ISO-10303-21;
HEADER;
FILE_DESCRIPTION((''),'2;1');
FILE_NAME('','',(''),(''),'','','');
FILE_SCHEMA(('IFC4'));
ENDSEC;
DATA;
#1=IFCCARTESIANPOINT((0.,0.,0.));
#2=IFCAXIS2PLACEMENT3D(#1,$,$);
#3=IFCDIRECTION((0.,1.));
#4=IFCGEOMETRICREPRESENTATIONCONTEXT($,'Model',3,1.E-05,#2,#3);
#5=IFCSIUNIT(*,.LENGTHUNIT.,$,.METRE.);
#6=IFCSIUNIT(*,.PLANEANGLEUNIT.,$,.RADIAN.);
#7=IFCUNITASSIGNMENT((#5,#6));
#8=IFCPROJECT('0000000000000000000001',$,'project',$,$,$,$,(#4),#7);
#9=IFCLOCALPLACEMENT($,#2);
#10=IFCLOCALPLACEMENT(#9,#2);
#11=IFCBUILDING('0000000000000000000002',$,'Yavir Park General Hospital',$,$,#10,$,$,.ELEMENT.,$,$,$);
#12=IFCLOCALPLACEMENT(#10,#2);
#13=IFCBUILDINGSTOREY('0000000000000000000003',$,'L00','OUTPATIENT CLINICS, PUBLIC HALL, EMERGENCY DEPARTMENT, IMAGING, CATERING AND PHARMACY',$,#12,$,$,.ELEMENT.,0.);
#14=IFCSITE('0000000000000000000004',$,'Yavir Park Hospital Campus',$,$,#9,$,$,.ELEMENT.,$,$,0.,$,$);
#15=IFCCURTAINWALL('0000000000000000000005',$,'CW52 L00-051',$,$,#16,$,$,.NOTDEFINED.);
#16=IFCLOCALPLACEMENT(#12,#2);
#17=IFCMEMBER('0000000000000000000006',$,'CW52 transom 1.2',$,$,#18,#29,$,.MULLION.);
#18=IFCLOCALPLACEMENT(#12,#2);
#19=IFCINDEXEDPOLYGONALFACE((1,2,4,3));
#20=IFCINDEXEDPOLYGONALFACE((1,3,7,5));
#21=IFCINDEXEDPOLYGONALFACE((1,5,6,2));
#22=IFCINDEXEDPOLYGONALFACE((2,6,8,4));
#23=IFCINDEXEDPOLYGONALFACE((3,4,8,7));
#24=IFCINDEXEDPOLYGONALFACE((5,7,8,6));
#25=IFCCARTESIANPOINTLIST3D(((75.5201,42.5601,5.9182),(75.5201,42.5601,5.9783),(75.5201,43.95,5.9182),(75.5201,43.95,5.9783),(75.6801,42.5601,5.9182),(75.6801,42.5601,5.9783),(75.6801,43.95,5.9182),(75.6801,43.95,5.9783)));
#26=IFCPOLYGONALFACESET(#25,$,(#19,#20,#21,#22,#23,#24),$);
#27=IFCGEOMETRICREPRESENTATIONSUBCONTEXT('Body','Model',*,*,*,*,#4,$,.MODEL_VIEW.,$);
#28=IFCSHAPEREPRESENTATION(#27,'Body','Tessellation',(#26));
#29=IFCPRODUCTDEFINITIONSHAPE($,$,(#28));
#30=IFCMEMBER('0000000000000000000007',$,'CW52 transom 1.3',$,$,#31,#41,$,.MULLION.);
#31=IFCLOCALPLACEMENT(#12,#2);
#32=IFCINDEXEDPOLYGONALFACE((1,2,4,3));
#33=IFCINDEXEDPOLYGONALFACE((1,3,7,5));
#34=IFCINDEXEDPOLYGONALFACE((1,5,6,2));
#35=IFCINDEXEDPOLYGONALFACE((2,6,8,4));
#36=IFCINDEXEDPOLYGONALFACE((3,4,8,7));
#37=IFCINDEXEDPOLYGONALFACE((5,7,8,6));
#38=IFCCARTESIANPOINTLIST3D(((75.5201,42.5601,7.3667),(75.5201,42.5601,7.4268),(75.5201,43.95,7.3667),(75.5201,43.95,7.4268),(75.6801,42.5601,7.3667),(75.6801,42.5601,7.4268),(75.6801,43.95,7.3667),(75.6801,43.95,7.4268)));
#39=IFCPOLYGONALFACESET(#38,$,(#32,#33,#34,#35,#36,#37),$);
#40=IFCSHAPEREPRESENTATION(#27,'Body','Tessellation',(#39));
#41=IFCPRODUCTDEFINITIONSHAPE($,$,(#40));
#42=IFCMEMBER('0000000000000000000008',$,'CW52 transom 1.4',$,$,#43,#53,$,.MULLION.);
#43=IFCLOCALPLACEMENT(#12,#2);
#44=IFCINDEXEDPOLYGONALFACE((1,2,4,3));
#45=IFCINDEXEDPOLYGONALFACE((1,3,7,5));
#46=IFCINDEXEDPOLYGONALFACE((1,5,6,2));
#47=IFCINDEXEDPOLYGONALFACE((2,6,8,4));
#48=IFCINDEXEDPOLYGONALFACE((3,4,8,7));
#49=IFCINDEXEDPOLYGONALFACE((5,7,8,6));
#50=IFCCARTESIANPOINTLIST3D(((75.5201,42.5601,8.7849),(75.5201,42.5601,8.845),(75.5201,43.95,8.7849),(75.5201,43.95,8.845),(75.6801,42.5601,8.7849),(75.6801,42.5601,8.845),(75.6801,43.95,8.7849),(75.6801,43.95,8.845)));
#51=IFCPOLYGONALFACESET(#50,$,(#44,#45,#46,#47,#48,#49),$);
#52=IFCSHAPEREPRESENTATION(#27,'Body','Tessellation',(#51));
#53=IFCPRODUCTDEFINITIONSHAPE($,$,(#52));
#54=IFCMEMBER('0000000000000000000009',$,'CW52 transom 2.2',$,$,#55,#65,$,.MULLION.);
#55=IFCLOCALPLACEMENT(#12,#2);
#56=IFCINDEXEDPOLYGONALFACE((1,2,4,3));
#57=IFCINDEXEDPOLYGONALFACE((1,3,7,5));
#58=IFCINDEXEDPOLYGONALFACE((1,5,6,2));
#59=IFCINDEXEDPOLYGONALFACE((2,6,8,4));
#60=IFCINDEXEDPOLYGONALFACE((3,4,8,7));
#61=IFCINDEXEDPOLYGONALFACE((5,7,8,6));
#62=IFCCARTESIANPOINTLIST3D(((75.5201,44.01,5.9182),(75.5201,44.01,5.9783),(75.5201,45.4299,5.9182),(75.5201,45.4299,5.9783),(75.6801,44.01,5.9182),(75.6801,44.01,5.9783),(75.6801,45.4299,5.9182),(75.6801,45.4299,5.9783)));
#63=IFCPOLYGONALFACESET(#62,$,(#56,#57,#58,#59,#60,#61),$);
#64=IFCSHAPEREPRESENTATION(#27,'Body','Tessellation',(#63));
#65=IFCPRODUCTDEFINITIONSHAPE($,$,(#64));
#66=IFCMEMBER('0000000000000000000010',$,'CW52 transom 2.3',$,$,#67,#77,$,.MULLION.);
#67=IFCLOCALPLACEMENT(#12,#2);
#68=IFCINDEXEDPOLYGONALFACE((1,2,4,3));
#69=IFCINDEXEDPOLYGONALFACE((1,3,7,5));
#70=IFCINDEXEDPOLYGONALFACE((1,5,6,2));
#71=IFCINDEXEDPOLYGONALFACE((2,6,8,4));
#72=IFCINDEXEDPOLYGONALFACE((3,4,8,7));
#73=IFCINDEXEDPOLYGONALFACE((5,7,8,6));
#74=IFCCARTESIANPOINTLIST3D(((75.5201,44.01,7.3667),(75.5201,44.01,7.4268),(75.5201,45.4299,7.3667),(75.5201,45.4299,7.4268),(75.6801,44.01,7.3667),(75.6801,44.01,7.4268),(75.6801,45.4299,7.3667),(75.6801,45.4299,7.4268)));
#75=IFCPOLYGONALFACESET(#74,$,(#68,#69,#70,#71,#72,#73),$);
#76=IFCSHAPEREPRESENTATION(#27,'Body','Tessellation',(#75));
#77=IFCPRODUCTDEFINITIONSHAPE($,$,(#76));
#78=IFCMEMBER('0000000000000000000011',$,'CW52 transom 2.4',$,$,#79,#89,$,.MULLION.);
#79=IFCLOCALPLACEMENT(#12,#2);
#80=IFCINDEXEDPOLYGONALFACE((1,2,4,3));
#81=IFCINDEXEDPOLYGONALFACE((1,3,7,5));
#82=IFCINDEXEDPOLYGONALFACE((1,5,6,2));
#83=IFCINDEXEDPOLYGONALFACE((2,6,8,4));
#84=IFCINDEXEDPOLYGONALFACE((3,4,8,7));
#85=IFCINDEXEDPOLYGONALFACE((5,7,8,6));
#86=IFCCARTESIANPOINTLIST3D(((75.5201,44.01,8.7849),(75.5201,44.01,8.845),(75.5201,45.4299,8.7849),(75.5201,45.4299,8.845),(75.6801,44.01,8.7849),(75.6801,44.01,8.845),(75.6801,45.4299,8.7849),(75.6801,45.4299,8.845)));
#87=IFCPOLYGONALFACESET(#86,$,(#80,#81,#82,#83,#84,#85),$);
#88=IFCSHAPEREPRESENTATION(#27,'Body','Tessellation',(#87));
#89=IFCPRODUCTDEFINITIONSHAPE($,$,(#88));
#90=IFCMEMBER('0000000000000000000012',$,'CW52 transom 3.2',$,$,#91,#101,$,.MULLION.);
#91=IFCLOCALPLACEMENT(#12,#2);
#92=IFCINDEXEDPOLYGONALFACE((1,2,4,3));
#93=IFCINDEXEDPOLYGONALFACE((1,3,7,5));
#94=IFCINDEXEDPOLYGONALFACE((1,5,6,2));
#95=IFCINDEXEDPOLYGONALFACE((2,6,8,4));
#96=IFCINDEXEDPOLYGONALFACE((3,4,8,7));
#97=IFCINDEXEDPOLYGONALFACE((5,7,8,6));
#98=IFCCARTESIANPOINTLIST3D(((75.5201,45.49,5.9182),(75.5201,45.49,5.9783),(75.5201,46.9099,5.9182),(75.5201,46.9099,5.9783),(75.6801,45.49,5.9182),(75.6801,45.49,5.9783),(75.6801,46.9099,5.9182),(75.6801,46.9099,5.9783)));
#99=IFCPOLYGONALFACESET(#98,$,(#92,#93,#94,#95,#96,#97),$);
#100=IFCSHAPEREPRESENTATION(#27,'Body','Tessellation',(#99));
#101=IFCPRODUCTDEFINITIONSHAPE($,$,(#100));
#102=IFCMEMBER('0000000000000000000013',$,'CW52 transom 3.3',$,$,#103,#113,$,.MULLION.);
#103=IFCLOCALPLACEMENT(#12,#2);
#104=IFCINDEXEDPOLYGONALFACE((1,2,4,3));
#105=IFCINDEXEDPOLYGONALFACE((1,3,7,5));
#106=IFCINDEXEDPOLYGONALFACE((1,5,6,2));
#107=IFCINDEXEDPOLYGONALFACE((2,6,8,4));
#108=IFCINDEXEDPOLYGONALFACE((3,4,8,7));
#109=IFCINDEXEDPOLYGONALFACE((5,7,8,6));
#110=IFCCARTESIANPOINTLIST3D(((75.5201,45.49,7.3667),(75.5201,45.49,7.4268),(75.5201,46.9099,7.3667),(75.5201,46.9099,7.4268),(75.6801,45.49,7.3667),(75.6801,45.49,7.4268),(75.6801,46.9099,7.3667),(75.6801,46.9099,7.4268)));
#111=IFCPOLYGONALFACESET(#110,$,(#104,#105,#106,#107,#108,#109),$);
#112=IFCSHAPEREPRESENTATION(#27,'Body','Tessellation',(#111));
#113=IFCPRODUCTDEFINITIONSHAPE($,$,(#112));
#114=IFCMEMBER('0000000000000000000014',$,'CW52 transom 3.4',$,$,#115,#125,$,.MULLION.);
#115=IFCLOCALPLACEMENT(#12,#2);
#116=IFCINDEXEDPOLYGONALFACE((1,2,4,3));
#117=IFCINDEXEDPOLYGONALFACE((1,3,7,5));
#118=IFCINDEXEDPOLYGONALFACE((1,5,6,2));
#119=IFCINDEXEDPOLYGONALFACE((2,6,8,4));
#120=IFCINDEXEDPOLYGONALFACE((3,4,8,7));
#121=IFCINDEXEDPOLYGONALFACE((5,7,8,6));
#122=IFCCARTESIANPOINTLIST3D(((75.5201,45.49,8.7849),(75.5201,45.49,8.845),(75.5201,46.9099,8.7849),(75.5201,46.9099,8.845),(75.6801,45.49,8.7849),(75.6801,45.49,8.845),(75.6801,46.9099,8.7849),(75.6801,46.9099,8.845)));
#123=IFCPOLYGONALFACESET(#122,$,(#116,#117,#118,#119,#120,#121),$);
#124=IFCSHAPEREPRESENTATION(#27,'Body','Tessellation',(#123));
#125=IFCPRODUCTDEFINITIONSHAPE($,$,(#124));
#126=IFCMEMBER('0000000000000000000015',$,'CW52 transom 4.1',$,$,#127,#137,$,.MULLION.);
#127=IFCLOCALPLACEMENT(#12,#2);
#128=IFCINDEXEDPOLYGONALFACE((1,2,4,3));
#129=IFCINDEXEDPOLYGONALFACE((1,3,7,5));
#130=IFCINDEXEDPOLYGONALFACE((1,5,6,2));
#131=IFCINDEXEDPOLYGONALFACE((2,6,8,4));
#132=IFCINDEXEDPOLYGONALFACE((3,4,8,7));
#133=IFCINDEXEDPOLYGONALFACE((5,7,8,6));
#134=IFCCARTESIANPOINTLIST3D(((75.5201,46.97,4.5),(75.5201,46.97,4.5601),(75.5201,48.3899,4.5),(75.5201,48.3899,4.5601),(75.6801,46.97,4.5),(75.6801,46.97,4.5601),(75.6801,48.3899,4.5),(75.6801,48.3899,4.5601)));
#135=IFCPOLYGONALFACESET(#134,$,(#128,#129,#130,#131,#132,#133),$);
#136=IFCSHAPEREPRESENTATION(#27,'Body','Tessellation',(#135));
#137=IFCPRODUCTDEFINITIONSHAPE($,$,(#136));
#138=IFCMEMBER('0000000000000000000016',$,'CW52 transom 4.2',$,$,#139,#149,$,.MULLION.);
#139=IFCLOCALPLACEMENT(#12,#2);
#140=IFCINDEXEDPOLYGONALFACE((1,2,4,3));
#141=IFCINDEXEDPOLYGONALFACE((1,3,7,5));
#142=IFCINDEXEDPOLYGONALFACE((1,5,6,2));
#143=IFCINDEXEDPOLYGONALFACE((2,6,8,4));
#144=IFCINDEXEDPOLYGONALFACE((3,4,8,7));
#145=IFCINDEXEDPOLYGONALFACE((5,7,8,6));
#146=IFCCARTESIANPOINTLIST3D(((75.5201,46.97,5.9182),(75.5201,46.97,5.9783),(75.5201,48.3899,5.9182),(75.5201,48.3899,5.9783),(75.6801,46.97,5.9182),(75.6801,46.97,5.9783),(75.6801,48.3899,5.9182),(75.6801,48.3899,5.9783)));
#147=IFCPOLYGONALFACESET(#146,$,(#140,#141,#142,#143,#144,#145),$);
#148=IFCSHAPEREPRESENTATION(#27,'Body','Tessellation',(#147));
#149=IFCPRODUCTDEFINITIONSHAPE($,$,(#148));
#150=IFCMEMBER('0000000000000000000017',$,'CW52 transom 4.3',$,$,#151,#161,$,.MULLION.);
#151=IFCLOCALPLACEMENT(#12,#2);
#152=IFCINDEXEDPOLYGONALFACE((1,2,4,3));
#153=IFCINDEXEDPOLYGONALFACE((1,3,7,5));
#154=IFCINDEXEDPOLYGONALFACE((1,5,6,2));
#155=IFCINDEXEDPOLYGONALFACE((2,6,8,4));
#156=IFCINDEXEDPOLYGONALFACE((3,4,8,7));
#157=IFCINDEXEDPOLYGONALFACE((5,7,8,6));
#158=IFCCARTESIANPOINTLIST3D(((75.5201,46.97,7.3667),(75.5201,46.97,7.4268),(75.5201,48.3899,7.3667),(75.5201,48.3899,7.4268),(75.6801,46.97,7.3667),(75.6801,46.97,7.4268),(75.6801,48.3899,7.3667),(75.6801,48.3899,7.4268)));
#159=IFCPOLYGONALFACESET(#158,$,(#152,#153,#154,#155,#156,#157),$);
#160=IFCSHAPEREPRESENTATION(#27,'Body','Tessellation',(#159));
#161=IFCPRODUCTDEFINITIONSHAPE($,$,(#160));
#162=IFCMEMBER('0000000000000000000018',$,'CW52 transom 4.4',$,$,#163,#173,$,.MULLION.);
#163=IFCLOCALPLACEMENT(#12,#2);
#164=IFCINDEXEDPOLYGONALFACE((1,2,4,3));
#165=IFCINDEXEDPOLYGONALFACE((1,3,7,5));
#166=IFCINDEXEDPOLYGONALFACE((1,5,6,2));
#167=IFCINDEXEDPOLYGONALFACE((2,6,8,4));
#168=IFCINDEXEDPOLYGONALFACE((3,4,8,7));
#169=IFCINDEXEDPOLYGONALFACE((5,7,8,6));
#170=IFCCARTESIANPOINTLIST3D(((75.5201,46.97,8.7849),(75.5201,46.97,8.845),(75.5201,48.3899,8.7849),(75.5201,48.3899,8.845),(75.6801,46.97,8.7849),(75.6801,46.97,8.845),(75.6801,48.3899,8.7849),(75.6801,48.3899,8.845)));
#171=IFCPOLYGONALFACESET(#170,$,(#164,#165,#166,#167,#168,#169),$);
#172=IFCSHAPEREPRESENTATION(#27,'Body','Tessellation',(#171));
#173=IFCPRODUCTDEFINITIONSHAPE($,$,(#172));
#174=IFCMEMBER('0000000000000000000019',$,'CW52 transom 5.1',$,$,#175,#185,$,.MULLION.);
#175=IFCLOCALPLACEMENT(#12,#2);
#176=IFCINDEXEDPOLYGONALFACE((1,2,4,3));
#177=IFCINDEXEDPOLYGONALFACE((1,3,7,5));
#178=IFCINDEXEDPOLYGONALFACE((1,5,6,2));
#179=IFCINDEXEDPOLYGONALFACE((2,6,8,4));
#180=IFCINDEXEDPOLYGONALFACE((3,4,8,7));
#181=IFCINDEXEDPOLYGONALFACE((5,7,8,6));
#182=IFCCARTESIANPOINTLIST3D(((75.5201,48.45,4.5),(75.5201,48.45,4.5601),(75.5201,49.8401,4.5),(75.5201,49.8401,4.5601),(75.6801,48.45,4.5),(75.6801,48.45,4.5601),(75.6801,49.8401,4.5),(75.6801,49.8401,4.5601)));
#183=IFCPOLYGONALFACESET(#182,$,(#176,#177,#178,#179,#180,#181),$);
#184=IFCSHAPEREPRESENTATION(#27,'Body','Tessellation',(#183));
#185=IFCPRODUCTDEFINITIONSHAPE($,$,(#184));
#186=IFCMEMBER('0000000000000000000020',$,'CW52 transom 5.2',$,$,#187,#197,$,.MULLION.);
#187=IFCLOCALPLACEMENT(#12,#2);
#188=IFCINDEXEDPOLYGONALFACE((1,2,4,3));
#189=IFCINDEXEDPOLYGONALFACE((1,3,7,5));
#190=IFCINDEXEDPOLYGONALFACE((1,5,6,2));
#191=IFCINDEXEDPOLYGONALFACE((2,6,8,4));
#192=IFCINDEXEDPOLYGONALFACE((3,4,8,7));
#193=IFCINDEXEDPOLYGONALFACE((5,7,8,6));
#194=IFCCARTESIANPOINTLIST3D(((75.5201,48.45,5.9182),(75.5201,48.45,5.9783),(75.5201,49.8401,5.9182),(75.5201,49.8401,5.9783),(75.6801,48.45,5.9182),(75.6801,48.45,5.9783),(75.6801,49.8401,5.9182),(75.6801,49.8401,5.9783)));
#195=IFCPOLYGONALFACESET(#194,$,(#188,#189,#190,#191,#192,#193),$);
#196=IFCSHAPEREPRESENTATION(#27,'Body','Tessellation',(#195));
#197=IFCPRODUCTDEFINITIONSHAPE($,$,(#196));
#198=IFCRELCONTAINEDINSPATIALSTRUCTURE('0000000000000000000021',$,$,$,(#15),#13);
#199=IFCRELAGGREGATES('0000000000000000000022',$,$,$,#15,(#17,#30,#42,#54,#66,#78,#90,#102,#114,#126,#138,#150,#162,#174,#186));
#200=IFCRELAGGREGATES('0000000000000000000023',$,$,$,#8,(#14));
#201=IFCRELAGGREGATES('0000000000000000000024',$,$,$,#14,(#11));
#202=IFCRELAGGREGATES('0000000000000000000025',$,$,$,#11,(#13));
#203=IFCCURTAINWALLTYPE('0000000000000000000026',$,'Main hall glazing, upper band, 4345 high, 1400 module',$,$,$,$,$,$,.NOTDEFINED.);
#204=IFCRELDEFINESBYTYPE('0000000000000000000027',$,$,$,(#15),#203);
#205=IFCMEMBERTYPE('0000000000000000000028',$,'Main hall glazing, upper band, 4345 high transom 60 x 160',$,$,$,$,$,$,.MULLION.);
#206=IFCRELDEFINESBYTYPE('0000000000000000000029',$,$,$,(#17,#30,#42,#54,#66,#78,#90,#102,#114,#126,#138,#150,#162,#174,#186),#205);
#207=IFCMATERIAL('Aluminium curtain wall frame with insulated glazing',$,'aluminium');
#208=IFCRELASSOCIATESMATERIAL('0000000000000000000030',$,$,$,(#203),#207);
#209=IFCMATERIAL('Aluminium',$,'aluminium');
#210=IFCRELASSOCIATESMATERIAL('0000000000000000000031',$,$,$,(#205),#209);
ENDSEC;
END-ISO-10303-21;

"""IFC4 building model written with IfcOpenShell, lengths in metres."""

from ifc_helpers import new_model, si_unit, direction, frame, origin, origin_2d, place, context, subcontext, project, spatial, rectangle, extrude, material, material_profile, profile_set, type_object, element, aggregate, save


model = new_model("IFC4")

# Units and contexts
model_context = context("Model", 3, precision=1e-05, world=origin(), true_north=direction((0.0, 1.0)))
body_context = subcontext(model_context, "Body", "Model", "MODEL_VIEW")
ifc_project = project(units=[si_unit("LENGTHUNIT", "METRE"), si_unit("PLANEANGLEUNIT", "RADIAN")], contexts=[model_context])

# Site, building, storey
site_placement = place(None, origin())
site = spatial("IfcSite", under=ifc_project, at=site_placement, Name="Yavir Park Hospital Campus", CompositionType="ELEMENT", RefElevation=0.0)
building_placement = place(site_placement, origin())
building = spatial("IfcBuilding", under=site, at=building_placement, Name="Yavir Park General Hospital", CompositionType="ELEMENT")
storey_placement = place(building_placement, origin())
storey = spatial("IfcBuildingStorey", under=building, at=storey_placement, Name="L00", Description="OUTPATIENT CLINICS, PUBLIC HALL, EMERGENCY DEPARTMENT, IMAGING, CATERING AND PHARMACY", CompositionType="ELEMENT", Elevation=0.0)

# Curtain wall, members
ifc_material_1 = material(Name="Aluminium curtain wall frame with insulated glazing", Category="aluminium")
curtain_wall_type = type_object("IfcCurtainWallType", Name="Main hall glazing, upper band, 4345 high, 1400 module", PredefinedType="NOTDEFINED", material=ifc_material_1)
curtain_wall_placement = place(storey_placement, origin())
curtain_wall = element("IfcCurtainWall", 1, at=curtain_wall_placement, inside=storey, type_object=curtain_wall_type, Name="CW52 L00-051", PredefinedType="NOTDEFINED")
ifc_material_2 = material(Name="Aluminium", Category="aluminium")
ifc_material_profile = material_profile(ifc_material_2, rectangle(XDim=0.1599, YDim=0.0601, at=origin_2d()), Name="AL 160x60")
ifc_profile_set = profile_set([ifc_material_profile], Name="Aluminium")
member_type = type_object("IfcMemberType", Name="Main hall glazing, upper band, 4345 high transom 60 x 160", PredefinedType="MULLION", material=ifc_profile_set)
member_1_placement = place(storey_placement, frame((75.6001, 42.5601, 5.9482), z_axis=(0.0, 1.0, 0.0), x_axis=(-1.0, 0.0, 0.0)))
member_1 = element("IfcMember", 2, at=member_1_placement, type_object=member_type, Name="CW52 transom 1.2", PredefinedType="MULLION", context=body_context, shape_type="SweptSolid", body=[
    extrude(rectangle(XDim=0.1599, YDim=0.0601, at=origin_2d()), origin(), (0.0, 0.0, 1.0), 1.3899),
])
member_2_placement = place(storey_placement, frame((75.6001, 42.5601, 7.3967), z_axis=(0.0, 1.0, 0.0), x_axis=(-1.0, 0.0, 0.0)))
member_2 = element("IfcMember", 3, at=member_2_placement, type_object=member_type, Name="CW52 transom 1.3", PredefinedType="MULLION", context=body_context, shape_type="SweptSolid", body=[
    extrude(rectangle(XDim=0.1599, YDim=0.0601, at=origin_2d()), origin(), (0.0, 0.0, 1.0), 1.3899),
])
member_3_placement = place(storey_placement, frame((75.6001, 42.5601, 8.8149), z_axis=(0.0, 1.0, 0.0), x_axis=(-1.0, 0.0, 0.0)))
member_3 = element("IfcMember", 4, at=member_3_placement, type_object=member_type, Name="CW52 transom 1.4", PredefinedType="MULLION", context=body_context, shape_type="SweptSolid", body=[
    extrude(rectangle(XDim=0.1599, YDim=0.0601, at=origin_2d()), origin(), (0.0, 0.0, 1.0), 1.3899),
])
member_4_placement = place(storey_placement, frame((75.6001, 44.01, 5.9482), z_axis=(0.0, 1.0, 0.0), x_axis=(-1.0, 0.0, 0.0)))
member_4 = element("IfcMember", 5, at=member_4_placement, type_object=member_type, Name="CW52 transom 2.2", PredefinedType="MULLION", context=body_context, shape_type="SweptSolid", body=[
    extrude(rectangle(XDim=0.1599, YDim=0.0601, at=origin_2d()), origin(), (0.0, 0.0, 1.0), 1.4199),
])
member_5_placement = place(storey_placement, frame((75.6001, 44.01, 7.3967), z_axis=(0.0, 1.0, 0.0), x_axis=(-1.0, 0.0, 0.0)))
member_5 = element("IfcMember", 6, at=member_5_placement, type_object=member_type, Name="CW52 transom 2.3", PredefinedType="MULLION", context=body_context, shape_type="SweptSolid", body=[
    extrude(rectangle(XDim=0.1599, YDim=0.0601, at=origin_2d()), origin(), (0.0, 0.0, 1.0), 1.4199),
])
member_6_placement = place(storey_placement, frame((75.6001, 44.01, 8.8149), z_axis=(0.0, 1.0, 0.0), x_axis=(-1.0, 0.0, 0.0)))
member_6 = element("IfcMember", 7, at=member_6_placement, type_object=member_type, Name="CW52 transom 2.4", PredefinedType="MULLION", context=body_context, shape_type="SweptSolid", body=[
    extrude(rectangle(XDim=0.1599, YDim=0.0601, at=origin_2d()), origin(), (0.0, 0.0, 1.0), 1.4199),
])
member_7_placement = place(storey_placement, frame((75.6001, 45.49, 5.9482), z_axis=(0.0, 1.0, 0.0), x_axis=(-1.0, 0.0, 0.0)))
member_7 = element("IfcMember", 8, at=member_7_placement, type_object=member_type, Name="CW52 transom 3.2", PredefinedType="MULLION", context=body_context, shape_type="SweptSolid", body=[
    extrude(rectangle(XDim=0.1599, YDim=0.0601, at=origin_2d()), origin(), (0.0, 0.0, 1.0), 1.4199),
])
member_8_placement = place(storey_placement, frame((75.6001, 45.49, 7.3967), z_axis=(0.0, 1.0, 0.0), x_axis=(-1.0, 0.0, 0.0)))
member_8 = element("IfcMember", 9, at=member_8_placement, type_object=member_type, Name="CW52 transom 3.3", PredefinedType="MULLION", context=body_context, shape_type="SweptSolid", body=[
    extrude(rectangle(XDim=0.1599, YDim=0.0601, at=origin_2d()), origin(), (0.0, 0.0, 1.0), 1.4199),
])
member_9_placement = place(storey_placement, frame((75.6001, 45.49, 8.8149), z_axis=(0.0, 1.0, 0.0), x_axis=(-1.0, 0.0, 0.0)))
member_9 = element("IfcMember", 10, at=member_9_placement, type_object=member_type, Name="CW52 transom 3.4", PredefinedType="MULLION", context=body_context, shape_type="SweptSolid", body=[
    extrude(rectangle(XDim=0.1599, YDim=0.0601, at=origin_2d()), origin(), (0.0, 0.0, 1.0), 1.4199),
])
member_10_placement = place(storey_placement, frame((75.6001, 46.97, 4.53), z_axis=(0.0, 1.0, 0.0), x_axis=(-1.0, 0.0, 0.0)))
member_10 = element("IfcMember", 11, at=member_10_placement, type_object=member_type, Name="CW52 transom 4.1", PredefinedType="MULLION", context=body_context, shape_type="SweptSolid", body=[
    extrude(rectangle(XDim=0.1599, YDim=0.0601, at=origin_2d()), origin(), (0.0, 0.0, 1.0), 1.4199),
])
member_11_placement = place(storey_placement, frame((75.6001, 46.97, 5.9482), z_axis=(0.0, 1.0, 0.0), x_axis=(-1.0, 0.0, 0.0)))
member_11 = element("IfcMember", 12, at=member_11_placement, type_object=member_type, Name="CW52 transom 4.2", PredefinedType="MULLION", context=body_context, shape_type="SweptSolid", body=[
    extrude(rectangle(XDim=0.1599, YDim=0.0601, at=origin_2d()), origin(), (0.0, 0.0, 1.0), 1.4199),
])
member_12_placement = place(storey_placement, frame((75.6001, 46.97, 7.3967), z_axis=(0.0, 1.0, 0.0), x_axis=(-1.0, 0.0, 0.0)))
member_12 = element("IfcMember", 13, at=member_12_placement, type_object=member_type, Name="CW52 transom 4.3", PredefinedType="MULLION", context=body_context, shape_type="SweptSolid", body=[
    extrude(rectangle(XDim=0.1599, YDim=0.0601, at=origin_2d()), origin(), (0.0, 0.0, 1.0), 1.4199),
])
member_13_placement = place(storey_placement, frame((75.6001, 46.97, 8.8149), z_axis=(0.0, 1.0, 0.0), x_axis=(-1.0, 0.0, 0.0)))
member_13 = element("IfcMember", 14, at=member_13_placement, type_object=member_type, Name="CW52 transom 4.4", PredefinedType="MULLION", context=body_context, shape_type="SweptSolid", body=[
    extrude(rectangle(XDim=0.1599, YDim=0.0601, at=origin_2d()), origin(), (0.0, 0.0, 1.0), 1.4199),
])
member_14_placement = place(storey_placement, frame((75.6001, 48.45, 4.53), z_axis=(0.0, 1.0, 0.0), x_axis=(-1.0, 0.0, 0.0)))
member_14 = element("IfcMember", 15, at=member_14_placement, type_object=member_type, Name="CW52 transom 5.1", PredefinedType="MULLION", context=body_context, shape_type="SweptSolid", body=[
    extrude(rectangle(XDim=0.1599, YDim=0.0601, at=origin_2d()), origin(), (0.0, 0.0, 1.0), 1.3901),
])
member_15_placement = place(storey_placement, frame((75.6001, 48.45, 5.9482), z_axis=(0.0, 1.0, 0.0), x_axis=(-1.0, 0.0, 0.0)))
member_15 = element("IfcMember", 16, at=member_15_placement, type_object=member_type, Name="CW52 transom 5.2", PredefinedType="MULLION", context=body_context, shape_type="SweptSolid", body=[
    extrude(rectangle(XDim=0.1599, YDim=0.0601, at=origin_2d()), origin(), (0.0, 0.0, 1.0), 1.3901),
])
aggregate(curtain_wall, [member_1, member_2, member_3, member_4, member_5, member_6, member_7, member_8, member_9, member_10, member_11, member_12, member_13, member_14, member_15])

save(model, "model.ifc")
